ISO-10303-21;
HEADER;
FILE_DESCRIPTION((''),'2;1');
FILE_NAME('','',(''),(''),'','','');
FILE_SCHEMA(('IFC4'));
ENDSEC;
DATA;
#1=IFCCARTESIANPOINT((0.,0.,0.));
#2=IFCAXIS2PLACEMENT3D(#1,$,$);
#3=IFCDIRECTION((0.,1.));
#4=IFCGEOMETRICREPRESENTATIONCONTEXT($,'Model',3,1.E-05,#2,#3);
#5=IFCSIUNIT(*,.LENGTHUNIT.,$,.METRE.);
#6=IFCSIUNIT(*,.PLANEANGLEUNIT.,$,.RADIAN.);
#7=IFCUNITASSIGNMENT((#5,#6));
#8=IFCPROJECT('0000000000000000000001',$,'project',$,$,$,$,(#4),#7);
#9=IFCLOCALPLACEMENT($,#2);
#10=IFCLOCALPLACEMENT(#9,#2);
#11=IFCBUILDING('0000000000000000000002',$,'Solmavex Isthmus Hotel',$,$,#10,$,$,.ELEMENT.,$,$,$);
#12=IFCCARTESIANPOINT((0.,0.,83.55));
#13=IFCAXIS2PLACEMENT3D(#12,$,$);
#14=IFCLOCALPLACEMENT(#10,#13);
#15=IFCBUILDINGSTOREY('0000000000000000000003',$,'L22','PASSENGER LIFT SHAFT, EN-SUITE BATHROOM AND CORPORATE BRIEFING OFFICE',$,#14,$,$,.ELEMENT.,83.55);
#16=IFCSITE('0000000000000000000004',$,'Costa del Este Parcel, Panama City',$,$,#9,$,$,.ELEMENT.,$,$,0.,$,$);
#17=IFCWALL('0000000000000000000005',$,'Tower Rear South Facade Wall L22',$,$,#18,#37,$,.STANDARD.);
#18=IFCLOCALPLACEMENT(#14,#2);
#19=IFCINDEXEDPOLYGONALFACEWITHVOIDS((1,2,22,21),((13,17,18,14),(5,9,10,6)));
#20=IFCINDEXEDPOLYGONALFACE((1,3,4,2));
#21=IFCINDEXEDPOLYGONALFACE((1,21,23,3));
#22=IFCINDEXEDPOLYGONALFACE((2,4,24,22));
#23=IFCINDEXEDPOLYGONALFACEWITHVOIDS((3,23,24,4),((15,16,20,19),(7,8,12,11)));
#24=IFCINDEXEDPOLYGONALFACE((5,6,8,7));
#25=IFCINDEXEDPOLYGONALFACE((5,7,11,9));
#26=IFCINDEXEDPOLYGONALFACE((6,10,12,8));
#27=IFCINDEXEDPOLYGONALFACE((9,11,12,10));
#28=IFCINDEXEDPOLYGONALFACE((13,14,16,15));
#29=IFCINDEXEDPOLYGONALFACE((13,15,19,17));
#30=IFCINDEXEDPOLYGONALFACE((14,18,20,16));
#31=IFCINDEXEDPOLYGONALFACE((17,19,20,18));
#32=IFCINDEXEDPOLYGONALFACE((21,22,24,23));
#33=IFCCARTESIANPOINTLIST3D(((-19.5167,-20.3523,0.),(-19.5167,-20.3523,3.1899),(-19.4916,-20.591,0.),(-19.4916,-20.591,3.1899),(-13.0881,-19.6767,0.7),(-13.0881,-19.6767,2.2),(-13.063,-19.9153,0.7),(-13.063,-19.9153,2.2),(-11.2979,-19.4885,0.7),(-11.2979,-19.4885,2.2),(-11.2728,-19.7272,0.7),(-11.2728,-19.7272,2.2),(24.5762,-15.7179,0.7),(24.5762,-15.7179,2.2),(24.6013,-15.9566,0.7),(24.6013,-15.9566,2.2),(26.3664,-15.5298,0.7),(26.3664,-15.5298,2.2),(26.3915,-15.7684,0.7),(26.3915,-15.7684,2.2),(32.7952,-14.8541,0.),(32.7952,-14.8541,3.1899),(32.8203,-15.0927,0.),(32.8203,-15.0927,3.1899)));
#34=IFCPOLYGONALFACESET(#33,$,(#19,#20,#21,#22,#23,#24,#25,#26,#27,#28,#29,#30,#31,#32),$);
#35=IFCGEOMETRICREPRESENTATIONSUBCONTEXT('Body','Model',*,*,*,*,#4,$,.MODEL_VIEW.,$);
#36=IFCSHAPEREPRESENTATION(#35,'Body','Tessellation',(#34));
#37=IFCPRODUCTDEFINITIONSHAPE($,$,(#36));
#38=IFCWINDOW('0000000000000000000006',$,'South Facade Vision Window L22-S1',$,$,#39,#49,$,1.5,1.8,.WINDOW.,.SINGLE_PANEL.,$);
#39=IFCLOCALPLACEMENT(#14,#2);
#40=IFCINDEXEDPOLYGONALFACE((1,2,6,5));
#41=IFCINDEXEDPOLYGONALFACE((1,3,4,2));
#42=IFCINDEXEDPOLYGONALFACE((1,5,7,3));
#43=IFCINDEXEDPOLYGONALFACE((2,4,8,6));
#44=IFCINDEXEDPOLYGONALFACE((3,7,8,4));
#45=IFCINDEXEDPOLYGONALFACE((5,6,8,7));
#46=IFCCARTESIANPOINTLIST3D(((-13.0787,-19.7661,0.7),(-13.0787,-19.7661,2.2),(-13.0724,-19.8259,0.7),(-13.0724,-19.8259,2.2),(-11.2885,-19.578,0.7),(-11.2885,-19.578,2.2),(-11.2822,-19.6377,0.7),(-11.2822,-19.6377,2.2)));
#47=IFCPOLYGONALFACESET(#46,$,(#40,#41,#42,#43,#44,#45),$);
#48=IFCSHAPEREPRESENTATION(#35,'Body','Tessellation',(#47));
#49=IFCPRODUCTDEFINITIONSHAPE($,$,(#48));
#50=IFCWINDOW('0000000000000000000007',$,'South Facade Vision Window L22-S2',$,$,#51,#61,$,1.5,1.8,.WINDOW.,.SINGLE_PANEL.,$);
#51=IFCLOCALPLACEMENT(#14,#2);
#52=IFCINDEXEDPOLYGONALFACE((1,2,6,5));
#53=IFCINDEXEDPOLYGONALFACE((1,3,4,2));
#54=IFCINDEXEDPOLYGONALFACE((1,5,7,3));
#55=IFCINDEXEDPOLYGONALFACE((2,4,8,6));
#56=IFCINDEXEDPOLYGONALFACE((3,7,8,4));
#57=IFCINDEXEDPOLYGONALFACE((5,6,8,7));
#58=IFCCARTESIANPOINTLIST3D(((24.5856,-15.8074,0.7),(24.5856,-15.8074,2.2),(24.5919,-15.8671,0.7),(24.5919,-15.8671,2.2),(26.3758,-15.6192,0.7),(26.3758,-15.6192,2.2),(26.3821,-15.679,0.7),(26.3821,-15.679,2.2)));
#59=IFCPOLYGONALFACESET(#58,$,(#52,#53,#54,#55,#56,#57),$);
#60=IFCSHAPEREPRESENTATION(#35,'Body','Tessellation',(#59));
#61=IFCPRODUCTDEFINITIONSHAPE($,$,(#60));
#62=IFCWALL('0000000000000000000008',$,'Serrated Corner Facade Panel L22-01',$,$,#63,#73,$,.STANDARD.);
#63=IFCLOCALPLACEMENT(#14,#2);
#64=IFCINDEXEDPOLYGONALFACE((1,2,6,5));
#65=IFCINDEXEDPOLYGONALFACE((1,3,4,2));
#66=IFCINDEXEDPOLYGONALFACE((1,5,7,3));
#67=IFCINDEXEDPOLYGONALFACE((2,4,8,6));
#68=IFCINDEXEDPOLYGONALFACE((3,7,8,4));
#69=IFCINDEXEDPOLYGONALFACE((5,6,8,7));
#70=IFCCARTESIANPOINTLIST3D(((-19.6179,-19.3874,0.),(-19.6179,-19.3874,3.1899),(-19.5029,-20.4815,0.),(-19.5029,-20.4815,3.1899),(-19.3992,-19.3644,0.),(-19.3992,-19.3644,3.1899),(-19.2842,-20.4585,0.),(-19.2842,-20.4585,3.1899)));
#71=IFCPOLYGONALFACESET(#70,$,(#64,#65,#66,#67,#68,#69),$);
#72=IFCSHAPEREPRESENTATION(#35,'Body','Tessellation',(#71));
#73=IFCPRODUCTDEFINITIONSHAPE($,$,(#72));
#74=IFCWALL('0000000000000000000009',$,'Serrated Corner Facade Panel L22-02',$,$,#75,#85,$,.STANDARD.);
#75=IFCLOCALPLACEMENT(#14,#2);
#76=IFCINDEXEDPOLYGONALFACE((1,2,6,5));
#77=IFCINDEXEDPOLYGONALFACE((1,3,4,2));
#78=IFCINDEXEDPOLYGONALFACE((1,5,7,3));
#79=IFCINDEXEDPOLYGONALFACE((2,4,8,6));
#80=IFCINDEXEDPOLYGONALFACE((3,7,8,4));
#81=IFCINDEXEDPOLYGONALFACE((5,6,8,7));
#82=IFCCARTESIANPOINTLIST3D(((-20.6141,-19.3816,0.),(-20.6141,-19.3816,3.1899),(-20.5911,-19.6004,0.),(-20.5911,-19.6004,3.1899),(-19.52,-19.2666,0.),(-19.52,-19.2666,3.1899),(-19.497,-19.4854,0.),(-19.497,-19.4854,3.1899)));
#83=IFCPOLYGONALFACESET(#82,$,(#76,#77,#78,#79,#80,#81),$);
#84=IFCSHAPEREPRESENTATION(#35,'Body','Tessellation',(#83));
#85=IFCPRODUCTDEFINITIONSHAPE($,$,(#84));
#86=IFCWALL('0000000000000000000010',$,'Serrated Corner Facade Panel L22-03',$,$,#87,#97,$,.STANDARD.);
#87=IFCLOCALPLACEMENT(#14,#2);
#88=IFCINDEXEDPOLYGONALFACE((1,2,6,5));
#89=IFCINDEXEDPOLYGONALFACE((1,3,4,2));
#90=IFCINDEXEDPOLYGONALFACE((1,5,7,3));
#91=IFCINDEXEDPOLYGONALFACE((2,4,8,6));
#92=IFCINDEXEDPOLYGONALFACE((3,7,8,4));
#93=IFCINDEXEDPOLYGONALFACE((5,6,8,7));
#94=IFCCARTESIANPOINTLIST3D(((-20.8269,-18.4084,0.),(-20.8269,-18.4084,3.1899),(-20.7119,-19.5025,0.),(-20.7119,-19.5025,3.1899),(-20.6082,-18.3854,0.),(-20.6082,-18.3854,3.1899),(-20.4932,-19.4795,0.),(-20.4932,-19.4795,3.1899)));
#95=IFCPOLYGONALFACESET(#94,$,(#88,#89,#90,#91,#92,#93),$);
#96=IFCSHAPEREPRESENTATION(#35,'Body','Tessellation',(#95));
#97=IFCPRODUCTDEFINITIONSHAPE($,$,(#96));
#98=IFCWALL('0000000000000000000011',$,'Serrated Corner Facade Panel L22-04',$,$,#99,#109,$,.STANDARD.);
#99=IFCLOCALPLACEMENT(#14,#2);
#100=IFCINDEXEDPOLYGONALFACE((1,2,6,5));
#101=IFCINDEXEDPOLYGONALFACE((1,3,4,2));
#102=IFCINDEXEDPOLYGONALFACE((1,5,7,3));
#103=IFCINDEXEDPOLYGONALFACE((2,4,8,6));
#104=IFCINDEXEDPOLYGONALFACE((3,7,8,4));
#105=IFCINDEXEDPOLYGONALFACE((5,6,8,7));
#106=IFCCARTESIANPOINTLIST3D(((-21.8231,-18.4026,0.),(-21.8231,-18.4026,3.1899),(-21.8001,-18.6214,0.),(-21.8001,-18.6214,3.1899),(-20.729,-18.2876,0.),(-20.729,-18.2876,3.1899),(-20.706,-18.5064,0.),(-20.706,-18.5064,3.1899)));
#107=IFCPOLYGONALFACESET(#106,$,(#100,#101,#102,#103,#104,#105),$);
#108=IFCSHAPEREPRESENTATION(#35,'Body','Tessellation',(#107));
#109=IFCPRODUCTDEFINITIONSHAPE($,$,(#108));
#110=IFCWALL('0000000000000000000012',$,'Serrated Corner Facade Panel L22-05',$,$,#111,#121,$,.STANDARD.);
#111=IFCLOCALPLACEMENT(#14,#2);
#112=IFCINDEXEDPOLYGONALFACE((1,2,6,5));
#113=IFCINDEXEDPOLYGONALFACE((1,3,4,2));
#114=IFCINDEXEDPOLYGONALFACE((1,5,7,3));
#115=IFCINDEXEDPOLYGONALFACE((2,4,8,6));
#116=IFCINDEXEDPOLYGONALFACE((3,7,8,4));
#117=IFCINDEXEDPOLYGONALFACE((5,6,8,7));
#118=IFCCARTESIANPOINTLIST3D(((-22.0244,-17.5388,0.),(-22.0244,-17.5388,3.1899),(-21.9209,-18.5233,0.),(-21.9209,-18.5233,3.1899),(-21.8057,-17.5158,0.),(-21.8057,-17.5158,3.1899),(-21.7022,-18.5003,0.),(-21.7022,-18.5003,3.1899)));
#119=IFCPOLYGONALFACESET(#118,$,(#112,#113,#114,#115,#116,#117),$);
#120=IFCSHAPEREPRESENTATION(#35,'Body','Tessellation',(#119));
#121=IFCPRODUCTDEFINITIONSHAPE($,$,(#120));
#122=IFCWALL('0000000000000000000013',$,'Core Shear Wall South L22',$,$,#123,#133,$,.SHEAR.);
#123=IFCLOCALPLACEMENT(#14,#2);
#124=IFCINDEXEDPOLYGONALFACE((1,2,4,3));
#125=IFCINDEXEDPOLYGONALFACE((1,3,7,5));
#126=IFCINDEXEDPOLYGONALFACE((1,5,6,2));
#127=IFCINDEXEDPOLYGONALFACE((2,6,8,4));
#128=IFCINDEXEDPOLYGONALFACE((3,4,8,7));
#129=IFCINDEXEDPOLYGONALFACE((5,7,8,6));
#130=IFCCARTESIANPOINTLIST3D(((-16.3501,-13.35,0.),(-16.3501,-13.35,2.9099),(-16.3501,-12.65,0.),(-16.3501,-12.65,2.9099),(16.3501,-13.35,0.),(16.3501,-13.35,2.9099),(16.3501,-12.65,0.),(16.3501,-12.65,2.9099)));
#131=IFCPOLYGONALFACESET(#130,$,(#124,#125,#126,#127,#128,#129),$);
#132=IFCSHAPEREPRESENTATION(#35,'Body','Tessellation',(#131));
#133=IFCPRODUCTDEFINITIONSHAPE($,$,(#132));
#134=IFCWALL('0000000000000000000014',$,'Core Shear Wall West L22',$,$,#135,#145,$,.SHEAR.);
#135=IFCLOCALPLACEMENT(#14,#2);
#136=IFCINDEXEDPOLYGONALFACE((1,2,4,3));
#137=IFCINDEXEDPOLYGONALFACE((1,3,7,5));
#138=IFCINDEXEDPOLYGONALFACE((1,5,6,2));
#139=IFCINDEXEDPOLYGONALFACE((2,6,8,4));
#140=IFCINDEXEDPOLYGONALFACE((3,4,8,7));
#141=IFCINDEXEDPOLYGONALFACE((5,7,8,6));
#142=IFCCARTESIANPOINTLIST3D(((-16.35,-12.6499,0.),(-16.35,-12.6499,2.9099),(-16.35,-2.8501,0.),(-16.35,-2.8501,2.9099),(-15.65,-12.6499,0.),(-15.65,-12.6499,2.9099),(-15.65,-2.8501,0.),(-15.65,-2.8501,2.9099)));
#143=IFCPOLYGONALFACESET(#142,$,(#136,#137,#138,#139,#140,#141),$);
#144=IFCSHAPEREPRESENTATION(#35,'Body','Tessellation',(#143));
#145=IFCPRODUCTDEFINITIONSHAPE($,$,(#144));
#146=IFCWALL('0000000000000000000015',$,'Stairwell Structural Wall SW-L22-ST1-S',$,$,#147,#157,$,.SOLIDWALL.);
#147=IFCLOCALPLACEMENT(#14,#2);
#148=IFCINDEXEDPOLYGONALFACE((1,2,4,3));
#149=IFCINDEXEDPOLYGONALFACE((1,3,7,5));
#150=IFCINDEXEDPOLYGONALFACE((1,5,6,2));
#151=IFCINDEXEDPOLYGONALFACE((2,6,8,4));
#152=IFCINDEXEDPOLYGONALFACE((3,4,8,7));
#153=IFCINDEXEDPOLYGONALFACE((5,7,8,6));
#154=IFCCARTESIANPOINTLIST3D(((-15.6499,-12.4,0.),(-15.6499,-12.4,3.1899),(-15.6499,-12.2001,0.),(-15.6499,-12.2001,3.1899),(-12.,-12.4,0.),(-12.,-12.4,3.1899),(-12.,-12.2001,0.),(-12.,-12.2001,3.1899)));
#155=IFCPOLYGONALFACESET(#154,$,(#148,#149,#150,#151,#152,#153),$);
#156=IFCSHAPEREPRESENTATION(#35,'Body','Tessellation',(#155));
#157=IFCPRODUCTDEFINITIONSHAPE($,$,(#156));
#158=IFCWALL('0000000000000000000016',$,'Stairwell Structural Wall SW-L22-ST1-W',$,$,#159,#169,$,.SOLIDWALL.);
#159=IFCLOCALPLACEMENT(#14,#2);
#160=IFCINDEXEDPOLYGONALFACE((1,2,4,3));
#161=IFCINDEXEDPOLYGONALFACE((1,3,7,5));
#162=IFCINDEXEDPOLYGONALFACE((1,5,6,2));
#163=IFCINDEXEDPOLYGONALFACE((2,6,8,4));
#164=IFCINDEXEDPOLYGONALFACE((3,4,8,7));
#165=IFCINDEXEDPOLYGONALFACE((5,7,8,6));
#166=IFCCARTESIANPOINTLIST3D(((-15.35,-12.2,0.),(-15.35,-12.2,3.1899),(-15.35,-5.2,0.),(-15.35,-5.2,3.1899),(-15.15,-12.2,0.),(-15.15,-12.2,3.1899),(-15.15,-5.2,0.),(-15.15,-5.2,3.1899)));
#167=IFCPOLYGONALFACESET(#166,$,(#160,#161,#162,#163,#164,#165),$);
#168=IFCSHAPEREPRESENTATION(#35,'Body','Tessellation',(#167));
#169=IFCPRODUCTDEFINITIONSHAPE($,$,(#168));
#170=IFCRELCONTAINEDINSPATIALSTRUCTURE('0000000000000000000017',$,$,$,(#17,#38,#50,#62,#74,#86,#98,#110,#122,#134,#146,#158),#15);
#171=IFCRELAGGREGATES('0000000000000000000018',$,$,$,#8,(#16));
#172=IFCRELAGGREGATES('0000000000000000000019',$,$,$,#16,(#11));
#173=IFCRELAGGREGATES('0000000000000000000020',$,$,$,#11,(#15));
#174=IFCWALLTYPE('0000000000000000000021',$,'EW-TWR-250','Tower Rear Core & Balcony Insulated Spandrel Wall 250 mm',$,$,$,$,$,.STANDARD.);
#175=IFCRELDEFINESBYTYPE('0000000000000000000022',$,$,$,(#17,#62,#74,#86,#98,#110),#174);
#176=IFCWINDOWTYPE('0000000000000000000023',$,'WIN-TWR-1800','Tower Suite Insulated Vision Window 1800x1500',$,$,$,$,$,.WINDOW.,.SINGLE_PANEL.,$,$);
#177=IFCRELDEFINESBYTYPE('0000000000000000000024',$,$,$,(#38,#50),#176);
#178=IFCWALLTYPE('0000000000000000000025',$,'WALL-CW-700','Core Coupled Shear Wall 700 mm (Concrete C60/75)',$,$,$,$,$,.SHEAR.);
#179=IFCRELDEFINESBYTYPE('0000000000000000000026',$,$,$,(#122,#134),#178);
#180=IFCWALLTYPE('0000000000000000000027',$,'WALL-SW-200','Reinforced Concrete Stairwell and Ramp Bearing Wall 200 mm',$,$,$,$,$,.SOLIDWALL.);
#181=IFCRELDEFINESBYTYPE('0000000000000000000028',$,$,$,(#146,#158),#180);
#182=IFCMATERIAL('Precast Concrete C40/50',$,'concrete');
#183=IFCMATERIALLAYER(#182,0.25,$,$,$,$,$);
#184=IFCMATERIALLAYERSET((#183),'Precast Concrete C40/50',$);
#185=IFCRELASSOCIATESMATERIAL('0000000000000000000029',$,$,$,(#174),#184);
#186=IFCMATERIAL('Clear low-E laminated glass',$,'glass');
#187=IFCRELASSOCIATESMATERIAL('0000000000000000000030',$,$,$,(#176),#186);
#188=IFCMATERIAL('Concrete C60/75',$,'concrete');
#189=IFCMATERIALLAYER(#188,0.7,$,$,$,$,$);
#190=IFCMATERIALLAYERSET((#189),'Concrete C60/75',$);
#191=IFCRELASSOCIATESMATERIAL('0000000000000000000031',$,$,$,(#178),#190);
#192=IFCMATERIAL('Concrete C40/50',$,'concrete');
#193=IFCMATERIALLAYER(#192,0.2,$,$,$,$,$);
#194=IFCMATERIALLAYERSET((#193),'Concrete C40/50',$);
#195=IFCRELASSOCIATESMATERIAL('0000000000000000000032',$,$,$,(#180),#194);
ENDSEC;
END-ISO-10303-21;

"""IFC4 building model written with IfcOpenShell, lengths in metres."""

from ifc_helpers import new_model, si_unit, direction, frame, frame_2d, origin, place, context, subcontext, project, spatial, rectangle, extrude, material, layer, layer_set, type_object, element, fill, save


model = new_model("IFC4")

# Units and contexts
model_context = context("Model", 3, precision=1e-05, world=origin(), true_north=direction((0.0, 1.0)))
body_context = subcontext(model_context, "Body", "Model", "MODEL_VIEW")
ifc_project = project(units=[si_unit("LENGTHUNIT", "METRE"), si_unit("PLANEANGLEUNIT", "RADIAN")], contexts=[model_context])

# Site, building, storey
site_placement = place(None, origin())
site = spatial("IfcSite", under=ifc_project, at=site_placement, Name="Costa del Este Parcel, Panama City", CompositionType="ELEMENT", RefElevation=0.0)
building_placement = place(site_placement, origin())
building = spatial("IfcBuilding", under=site, at=building_placement, Name="Solmavex Isthmus Hotel", CompositionType="ELEMENT")
storey_placement = place(building_placement, frame((0.0, 0.0, 83.55)))
storey = spatial("IfcBuildingStorey", under=building, at=storey_placement, Name="L22", Description="PASSENGER LIFT SHAFT, EN-SUITE BATHROOM AND CORPORATE BRIEFING OFFICE", CompositionType="ELEMENT", Elevation=83.55)

# Shared definitions
ifc_material_1 = material(Name="Concrete C60/75", Category="concrete")

# Shared definitions
ifc_material_2 = material(Name="Clear low-E laminated glass", Category="glass")

# Wall, openings, windows
ifc_material_3 = material(Name="Precast Concrete C40/50", Category="concrete")
ifc_layer_1 = layer(ifc_material_3, 0.25)
ifc_layer_set_1 = layer_set([ifc_layer_1], Name="Precast Concrete C40/50")
wall_type_1 = type_object("IfcWallType", Name="EW-TWR-250", Description="Tower Rear Core & Balcony Insulated Spandrel Wall 250 mm", PredefinedType="STANDARD", material=ifc_layer_set_1)
wall_1_placement = place(storey_placement, frame((-19.5042, -20.4717, 0.0), z_axis=(0.0, 0.0, 1.0), x_axis=(0.994522, 0.10453, 0.0)))
wall_1 = element("IfcWall", 1, at=wall_1_placement, inside=storey, type_object=wall_type_1, Name="Tower Rear South Facade Wall L22", PredefinedType="STANDARD", context=body_context, shape_type="SweptSolid", body=[
    extrude(rectangle(XDim=52.6001, YDim=0.24, at=frame_2d((26.3, 0.0))), origin(), (0.0, 0.0, 1.0), 3.1899),
])
opening_1_placement = place(wall_1_placement, frame((6.4641, 0.0, 0.7)))
opening_1 = element("IfcOpeningElement", 2, at=opening_1_placement, cuts=wall_1, PredefinedType="OPENING", context=body_context, shape_type="SweptSolid", body=[
    extrude(rectangle(XDim=1.8, YDim=1.5, at=frame_2d((0.8999, 0.75))), frame((0.0, 0.1299, 0.0), z_axis=(0.0, -1.0, 0.0), x_axis=(1.0, 0.0, 0.0)), (0.0, 0.0, 1.0), 0.26),
])
opening_2_placement = place(wall_1_placement, frame((44.3359, 0.0, 0.7)))
opening_2 = element("IfcOpeningElement", 3, at=opening_2_placement, cuts=wall_1, PredefinedType="OPENING", context=body_context, shape_type="SweptSolid", body=[
    extrude(rectangle(XDim=1.8, YDim=1.5, at=frame_2d((0.8999, 0.75))), frame((0.0, 0.1299, 0.0), z_axis=(0.0, -1.0, 0.0), x_axis=(1.0, 0.0, 0.0)), (0.0, 0.0, 1.0), 0.26),
])
window_type = type_object("IfcWindowType", Name="WIN-TWR-1800", Description="Tower Suite Insulated Vision Window 1800x1500", PartitioningType="SINGLE_PANEL", PredefinedType="WINDOW", material=ifc_material_2)
window_1_placement = place(opening_1_placement, origin())
window_1 = element("IfcWindow", 4, at=window_1_placement, inside=storey, type_object=window_type, Name="South Facade Vision Window L22-S1", OverallHeight=1.5, OverallWidth=1.8, PartitioningType="SINGLE_PANEL", PredefinedType="WINDOW", context=body_context, shape_type="SweptSolid", body=[
    extrude(rectangle(XDim=1.8, YDim=1.5, at=frame_2d((0.8999, 0.75))), frame((0.0, 0.03, 0.0), z_axis=(0.0, -1.0, 0.0), x_axis=(1.0, 0.0, 0.0)), (0.0, 0.0, 1.0), 0.0601),
])
fill(opening_1, window_1)
window_2_placement = place(opening_2_placement, origin())
window_2 = element("IfcWindow", 5, at=window_2_placement, inside=storey, type_object=window_type, Name="South Facade Vision Window L22-S2", OverallHeight=1.5, OverallWidth=1.8, PartitioningType="SINGLE_PANEL", PredefinedType="WINDOW", context=body_context, shape_type="SweptSolid", body=[
    extrude(rectangle(XDim=1.8, YDim=1.5, at=frame_2d((0.8999, 0.75))), frame((0.0, 0.03, 0.0), z_axis=(0.0, -1.0, 0.0), x_axis=(1.0, 0.0, 0.0)), (0.0, 0.0, 1.0), 0.0601),
])
fill(opening_2, window_2)

# Walls
for number, where, z_axis, x_axis, name in (
    (6, (-19.3936, -20.47, 0.0), (0.0, 0.0, 1.0), (-0.104535, 0.994521, 0.0), "Serrated Corner Facade Panel L22-01"),
    (7, (-19.5085, -19.376, 0.0), (0.0, 0.0, 1.0), (-0.994521, -0.104535, 0.0), "Serrated Corner Facade Panel L22-02"),
    (8, (-20.6025, -19.491, 0.0), (0.0, 0.0, 1.0), (-0.104535, 0.994521, 0.0), "Serrated Corner Facade Panel L22-03"),
    (9, (-20.7175, -18.397, 0.0), (0.0, 0.0, 1.0), (-0.994521, -0.104535, 0.0), "Serrated Corner Facade Panel L22-04"),
):
    element("IfcWall", number, at=place(storey_placement, frame(where, z_axis=z_axis, x_axis=x_axis)), inside=storey, type_object=wall_type_1, Name=name, PredefinedType="STANDARD", context=body_context, shape_type="SweptSolid", body=[
        extrude(rectangle(XDim=1.1001, YDim=0.22, at=frame_2d((0.55, 0.0))), origin(), (0.0, 0.0, 1.0), 3.1899),
    ])
wall_2_placement = place(storey_placement, frame((-21.8115, -18.512, 0.0), z_axis=(0.0, 0.0, 1.0), x_axis=(-0.104556, 0.994519, 0.0)))
element("IfcWall", 10, at=wall_2_placement, inside=storey, type_object=wall_type_1, Name="Serrated Corner Facade Panel L22-05", PredefinedType="STANDARD", context=body_context, shape_type="SweptSolid", body=[
    extrude(rectangle(XDim=0.99, YDim=0.22, at=frame_2d((0.4951, 0.0))), origin(), (0.0, 0.0, 1.0), 3.1899),
])
ifc_layer_2 = layer(ifc_material_1, 0.7)
ifc_layer_set_2 = layer_set([ifc_layer_2], Name="Concrete C60/75")
wall_type_2 = type_object("IfcWallType", Name="WALL-CW-700", Description="Core Coupled Shear Wall 700 mm (Concrete C60/75)", PredefinedType="SHEAR", material=ifc_layer_set_2)
wall_3_placement = place(storey_placement, frame((-16.3501, -13.0, 0.0), z_axis=(0.0, 0.0, 1.0), x_axis=(1.0, 0.0, 0.0)))
element("IfcWall", 11, at=wall_3_placement, inside=storey, type_object=wall_type_2, Name="Core Shear Wall South L22", PredefinedType="SHEAR", context=body_context, shape_type="SweptSolid", body=[
    extrude(rectangle(XDim=32.7002, YDim=0.7, at=frame_2d((16.3501, 0.0))), origin(), (0.0, 0.0, 1.0), 2.9099),
])
wall_4_placement = place(storey_placement, frame((-16.0, -12.6499, 0.0), z_axis=(0.0, 0.0, 1.0), x_axis=(0.0, 1.0, 0.0)))
element("IfcWall", 12, at=wall_4_placement, inside=storey, type_object=wall_type_2, Name="Core Shear Wall West L22", PredefinedType="SHEAR", context=body_context, shape_type="SweptSolid", body=[
    extrude(rectangle(XDim=9.7998, YDim=0.7, at=frame_2d((4.8999, 0.0))), origin(), (0.0, 0.0, 1.0), 2.9099),
])
ifc_material_4 = material(Name="Concrete C40/50", Category="concrete")
ifc_layer_3 = layer(ifc_material_4, 0.2)
ifc_layer_set_3 = layer_set([ifc_layer_3], Name="Concrete C40/50")
wall_type_3 = type_object("IfcWallType", Name="WALL-SW-200", Description="Reinforced Concrete Stairwell and Ramp Bearing Wall 200 mm", PredefinedType="SOLIDWALL", material=ifc_layer_set_3)
wall_5_placement = place(storey_placement, frame((-15.6499, -12.3, 0.0), z_axis=(0.0, 0.0, 1.0), x_axis=(1.0, 0.0, 0.0)))
element("IfcWall", 13, at=wall_5_placement, inside=storey, type_object=wall_type_3, Name="Stairwell Structural Wall SW-L22-ST1-S", PredefinedType="SOLIDWALL", context=body_context, shape_type="SweptSolid", body=[
    extrude(rectangle(XDim=3.6499, YDim=0.2, at=frame_2d((1.825, 0.0))), origin(), (0.0, 0.0, 1.0), 3.1899),
])
wall_6_placement = place(storey_placement, frame((-15.25, -12.2, 0.0), z_axis=(0.0, 0.0, 1.0), x_axis=(0.0, 1.0, 0.0)))
element("IfcWall", 14, at=wall_6_placement, inside=storey, type_object=wall_type_3, Name="Stairwell Structural Wall SW-L22-ST1-W", PredefinedType="SOLIDWALL", context=body_context, shape_type="SweptSolid", body=[
    extrude(rectangle(XDim=7.0, YDim=0.2, at=frame_2d((3.5, 0.0))), origin(), (0.0, 0.0, 1.0), 3.1899),
])

save(model, "model.ifc")
